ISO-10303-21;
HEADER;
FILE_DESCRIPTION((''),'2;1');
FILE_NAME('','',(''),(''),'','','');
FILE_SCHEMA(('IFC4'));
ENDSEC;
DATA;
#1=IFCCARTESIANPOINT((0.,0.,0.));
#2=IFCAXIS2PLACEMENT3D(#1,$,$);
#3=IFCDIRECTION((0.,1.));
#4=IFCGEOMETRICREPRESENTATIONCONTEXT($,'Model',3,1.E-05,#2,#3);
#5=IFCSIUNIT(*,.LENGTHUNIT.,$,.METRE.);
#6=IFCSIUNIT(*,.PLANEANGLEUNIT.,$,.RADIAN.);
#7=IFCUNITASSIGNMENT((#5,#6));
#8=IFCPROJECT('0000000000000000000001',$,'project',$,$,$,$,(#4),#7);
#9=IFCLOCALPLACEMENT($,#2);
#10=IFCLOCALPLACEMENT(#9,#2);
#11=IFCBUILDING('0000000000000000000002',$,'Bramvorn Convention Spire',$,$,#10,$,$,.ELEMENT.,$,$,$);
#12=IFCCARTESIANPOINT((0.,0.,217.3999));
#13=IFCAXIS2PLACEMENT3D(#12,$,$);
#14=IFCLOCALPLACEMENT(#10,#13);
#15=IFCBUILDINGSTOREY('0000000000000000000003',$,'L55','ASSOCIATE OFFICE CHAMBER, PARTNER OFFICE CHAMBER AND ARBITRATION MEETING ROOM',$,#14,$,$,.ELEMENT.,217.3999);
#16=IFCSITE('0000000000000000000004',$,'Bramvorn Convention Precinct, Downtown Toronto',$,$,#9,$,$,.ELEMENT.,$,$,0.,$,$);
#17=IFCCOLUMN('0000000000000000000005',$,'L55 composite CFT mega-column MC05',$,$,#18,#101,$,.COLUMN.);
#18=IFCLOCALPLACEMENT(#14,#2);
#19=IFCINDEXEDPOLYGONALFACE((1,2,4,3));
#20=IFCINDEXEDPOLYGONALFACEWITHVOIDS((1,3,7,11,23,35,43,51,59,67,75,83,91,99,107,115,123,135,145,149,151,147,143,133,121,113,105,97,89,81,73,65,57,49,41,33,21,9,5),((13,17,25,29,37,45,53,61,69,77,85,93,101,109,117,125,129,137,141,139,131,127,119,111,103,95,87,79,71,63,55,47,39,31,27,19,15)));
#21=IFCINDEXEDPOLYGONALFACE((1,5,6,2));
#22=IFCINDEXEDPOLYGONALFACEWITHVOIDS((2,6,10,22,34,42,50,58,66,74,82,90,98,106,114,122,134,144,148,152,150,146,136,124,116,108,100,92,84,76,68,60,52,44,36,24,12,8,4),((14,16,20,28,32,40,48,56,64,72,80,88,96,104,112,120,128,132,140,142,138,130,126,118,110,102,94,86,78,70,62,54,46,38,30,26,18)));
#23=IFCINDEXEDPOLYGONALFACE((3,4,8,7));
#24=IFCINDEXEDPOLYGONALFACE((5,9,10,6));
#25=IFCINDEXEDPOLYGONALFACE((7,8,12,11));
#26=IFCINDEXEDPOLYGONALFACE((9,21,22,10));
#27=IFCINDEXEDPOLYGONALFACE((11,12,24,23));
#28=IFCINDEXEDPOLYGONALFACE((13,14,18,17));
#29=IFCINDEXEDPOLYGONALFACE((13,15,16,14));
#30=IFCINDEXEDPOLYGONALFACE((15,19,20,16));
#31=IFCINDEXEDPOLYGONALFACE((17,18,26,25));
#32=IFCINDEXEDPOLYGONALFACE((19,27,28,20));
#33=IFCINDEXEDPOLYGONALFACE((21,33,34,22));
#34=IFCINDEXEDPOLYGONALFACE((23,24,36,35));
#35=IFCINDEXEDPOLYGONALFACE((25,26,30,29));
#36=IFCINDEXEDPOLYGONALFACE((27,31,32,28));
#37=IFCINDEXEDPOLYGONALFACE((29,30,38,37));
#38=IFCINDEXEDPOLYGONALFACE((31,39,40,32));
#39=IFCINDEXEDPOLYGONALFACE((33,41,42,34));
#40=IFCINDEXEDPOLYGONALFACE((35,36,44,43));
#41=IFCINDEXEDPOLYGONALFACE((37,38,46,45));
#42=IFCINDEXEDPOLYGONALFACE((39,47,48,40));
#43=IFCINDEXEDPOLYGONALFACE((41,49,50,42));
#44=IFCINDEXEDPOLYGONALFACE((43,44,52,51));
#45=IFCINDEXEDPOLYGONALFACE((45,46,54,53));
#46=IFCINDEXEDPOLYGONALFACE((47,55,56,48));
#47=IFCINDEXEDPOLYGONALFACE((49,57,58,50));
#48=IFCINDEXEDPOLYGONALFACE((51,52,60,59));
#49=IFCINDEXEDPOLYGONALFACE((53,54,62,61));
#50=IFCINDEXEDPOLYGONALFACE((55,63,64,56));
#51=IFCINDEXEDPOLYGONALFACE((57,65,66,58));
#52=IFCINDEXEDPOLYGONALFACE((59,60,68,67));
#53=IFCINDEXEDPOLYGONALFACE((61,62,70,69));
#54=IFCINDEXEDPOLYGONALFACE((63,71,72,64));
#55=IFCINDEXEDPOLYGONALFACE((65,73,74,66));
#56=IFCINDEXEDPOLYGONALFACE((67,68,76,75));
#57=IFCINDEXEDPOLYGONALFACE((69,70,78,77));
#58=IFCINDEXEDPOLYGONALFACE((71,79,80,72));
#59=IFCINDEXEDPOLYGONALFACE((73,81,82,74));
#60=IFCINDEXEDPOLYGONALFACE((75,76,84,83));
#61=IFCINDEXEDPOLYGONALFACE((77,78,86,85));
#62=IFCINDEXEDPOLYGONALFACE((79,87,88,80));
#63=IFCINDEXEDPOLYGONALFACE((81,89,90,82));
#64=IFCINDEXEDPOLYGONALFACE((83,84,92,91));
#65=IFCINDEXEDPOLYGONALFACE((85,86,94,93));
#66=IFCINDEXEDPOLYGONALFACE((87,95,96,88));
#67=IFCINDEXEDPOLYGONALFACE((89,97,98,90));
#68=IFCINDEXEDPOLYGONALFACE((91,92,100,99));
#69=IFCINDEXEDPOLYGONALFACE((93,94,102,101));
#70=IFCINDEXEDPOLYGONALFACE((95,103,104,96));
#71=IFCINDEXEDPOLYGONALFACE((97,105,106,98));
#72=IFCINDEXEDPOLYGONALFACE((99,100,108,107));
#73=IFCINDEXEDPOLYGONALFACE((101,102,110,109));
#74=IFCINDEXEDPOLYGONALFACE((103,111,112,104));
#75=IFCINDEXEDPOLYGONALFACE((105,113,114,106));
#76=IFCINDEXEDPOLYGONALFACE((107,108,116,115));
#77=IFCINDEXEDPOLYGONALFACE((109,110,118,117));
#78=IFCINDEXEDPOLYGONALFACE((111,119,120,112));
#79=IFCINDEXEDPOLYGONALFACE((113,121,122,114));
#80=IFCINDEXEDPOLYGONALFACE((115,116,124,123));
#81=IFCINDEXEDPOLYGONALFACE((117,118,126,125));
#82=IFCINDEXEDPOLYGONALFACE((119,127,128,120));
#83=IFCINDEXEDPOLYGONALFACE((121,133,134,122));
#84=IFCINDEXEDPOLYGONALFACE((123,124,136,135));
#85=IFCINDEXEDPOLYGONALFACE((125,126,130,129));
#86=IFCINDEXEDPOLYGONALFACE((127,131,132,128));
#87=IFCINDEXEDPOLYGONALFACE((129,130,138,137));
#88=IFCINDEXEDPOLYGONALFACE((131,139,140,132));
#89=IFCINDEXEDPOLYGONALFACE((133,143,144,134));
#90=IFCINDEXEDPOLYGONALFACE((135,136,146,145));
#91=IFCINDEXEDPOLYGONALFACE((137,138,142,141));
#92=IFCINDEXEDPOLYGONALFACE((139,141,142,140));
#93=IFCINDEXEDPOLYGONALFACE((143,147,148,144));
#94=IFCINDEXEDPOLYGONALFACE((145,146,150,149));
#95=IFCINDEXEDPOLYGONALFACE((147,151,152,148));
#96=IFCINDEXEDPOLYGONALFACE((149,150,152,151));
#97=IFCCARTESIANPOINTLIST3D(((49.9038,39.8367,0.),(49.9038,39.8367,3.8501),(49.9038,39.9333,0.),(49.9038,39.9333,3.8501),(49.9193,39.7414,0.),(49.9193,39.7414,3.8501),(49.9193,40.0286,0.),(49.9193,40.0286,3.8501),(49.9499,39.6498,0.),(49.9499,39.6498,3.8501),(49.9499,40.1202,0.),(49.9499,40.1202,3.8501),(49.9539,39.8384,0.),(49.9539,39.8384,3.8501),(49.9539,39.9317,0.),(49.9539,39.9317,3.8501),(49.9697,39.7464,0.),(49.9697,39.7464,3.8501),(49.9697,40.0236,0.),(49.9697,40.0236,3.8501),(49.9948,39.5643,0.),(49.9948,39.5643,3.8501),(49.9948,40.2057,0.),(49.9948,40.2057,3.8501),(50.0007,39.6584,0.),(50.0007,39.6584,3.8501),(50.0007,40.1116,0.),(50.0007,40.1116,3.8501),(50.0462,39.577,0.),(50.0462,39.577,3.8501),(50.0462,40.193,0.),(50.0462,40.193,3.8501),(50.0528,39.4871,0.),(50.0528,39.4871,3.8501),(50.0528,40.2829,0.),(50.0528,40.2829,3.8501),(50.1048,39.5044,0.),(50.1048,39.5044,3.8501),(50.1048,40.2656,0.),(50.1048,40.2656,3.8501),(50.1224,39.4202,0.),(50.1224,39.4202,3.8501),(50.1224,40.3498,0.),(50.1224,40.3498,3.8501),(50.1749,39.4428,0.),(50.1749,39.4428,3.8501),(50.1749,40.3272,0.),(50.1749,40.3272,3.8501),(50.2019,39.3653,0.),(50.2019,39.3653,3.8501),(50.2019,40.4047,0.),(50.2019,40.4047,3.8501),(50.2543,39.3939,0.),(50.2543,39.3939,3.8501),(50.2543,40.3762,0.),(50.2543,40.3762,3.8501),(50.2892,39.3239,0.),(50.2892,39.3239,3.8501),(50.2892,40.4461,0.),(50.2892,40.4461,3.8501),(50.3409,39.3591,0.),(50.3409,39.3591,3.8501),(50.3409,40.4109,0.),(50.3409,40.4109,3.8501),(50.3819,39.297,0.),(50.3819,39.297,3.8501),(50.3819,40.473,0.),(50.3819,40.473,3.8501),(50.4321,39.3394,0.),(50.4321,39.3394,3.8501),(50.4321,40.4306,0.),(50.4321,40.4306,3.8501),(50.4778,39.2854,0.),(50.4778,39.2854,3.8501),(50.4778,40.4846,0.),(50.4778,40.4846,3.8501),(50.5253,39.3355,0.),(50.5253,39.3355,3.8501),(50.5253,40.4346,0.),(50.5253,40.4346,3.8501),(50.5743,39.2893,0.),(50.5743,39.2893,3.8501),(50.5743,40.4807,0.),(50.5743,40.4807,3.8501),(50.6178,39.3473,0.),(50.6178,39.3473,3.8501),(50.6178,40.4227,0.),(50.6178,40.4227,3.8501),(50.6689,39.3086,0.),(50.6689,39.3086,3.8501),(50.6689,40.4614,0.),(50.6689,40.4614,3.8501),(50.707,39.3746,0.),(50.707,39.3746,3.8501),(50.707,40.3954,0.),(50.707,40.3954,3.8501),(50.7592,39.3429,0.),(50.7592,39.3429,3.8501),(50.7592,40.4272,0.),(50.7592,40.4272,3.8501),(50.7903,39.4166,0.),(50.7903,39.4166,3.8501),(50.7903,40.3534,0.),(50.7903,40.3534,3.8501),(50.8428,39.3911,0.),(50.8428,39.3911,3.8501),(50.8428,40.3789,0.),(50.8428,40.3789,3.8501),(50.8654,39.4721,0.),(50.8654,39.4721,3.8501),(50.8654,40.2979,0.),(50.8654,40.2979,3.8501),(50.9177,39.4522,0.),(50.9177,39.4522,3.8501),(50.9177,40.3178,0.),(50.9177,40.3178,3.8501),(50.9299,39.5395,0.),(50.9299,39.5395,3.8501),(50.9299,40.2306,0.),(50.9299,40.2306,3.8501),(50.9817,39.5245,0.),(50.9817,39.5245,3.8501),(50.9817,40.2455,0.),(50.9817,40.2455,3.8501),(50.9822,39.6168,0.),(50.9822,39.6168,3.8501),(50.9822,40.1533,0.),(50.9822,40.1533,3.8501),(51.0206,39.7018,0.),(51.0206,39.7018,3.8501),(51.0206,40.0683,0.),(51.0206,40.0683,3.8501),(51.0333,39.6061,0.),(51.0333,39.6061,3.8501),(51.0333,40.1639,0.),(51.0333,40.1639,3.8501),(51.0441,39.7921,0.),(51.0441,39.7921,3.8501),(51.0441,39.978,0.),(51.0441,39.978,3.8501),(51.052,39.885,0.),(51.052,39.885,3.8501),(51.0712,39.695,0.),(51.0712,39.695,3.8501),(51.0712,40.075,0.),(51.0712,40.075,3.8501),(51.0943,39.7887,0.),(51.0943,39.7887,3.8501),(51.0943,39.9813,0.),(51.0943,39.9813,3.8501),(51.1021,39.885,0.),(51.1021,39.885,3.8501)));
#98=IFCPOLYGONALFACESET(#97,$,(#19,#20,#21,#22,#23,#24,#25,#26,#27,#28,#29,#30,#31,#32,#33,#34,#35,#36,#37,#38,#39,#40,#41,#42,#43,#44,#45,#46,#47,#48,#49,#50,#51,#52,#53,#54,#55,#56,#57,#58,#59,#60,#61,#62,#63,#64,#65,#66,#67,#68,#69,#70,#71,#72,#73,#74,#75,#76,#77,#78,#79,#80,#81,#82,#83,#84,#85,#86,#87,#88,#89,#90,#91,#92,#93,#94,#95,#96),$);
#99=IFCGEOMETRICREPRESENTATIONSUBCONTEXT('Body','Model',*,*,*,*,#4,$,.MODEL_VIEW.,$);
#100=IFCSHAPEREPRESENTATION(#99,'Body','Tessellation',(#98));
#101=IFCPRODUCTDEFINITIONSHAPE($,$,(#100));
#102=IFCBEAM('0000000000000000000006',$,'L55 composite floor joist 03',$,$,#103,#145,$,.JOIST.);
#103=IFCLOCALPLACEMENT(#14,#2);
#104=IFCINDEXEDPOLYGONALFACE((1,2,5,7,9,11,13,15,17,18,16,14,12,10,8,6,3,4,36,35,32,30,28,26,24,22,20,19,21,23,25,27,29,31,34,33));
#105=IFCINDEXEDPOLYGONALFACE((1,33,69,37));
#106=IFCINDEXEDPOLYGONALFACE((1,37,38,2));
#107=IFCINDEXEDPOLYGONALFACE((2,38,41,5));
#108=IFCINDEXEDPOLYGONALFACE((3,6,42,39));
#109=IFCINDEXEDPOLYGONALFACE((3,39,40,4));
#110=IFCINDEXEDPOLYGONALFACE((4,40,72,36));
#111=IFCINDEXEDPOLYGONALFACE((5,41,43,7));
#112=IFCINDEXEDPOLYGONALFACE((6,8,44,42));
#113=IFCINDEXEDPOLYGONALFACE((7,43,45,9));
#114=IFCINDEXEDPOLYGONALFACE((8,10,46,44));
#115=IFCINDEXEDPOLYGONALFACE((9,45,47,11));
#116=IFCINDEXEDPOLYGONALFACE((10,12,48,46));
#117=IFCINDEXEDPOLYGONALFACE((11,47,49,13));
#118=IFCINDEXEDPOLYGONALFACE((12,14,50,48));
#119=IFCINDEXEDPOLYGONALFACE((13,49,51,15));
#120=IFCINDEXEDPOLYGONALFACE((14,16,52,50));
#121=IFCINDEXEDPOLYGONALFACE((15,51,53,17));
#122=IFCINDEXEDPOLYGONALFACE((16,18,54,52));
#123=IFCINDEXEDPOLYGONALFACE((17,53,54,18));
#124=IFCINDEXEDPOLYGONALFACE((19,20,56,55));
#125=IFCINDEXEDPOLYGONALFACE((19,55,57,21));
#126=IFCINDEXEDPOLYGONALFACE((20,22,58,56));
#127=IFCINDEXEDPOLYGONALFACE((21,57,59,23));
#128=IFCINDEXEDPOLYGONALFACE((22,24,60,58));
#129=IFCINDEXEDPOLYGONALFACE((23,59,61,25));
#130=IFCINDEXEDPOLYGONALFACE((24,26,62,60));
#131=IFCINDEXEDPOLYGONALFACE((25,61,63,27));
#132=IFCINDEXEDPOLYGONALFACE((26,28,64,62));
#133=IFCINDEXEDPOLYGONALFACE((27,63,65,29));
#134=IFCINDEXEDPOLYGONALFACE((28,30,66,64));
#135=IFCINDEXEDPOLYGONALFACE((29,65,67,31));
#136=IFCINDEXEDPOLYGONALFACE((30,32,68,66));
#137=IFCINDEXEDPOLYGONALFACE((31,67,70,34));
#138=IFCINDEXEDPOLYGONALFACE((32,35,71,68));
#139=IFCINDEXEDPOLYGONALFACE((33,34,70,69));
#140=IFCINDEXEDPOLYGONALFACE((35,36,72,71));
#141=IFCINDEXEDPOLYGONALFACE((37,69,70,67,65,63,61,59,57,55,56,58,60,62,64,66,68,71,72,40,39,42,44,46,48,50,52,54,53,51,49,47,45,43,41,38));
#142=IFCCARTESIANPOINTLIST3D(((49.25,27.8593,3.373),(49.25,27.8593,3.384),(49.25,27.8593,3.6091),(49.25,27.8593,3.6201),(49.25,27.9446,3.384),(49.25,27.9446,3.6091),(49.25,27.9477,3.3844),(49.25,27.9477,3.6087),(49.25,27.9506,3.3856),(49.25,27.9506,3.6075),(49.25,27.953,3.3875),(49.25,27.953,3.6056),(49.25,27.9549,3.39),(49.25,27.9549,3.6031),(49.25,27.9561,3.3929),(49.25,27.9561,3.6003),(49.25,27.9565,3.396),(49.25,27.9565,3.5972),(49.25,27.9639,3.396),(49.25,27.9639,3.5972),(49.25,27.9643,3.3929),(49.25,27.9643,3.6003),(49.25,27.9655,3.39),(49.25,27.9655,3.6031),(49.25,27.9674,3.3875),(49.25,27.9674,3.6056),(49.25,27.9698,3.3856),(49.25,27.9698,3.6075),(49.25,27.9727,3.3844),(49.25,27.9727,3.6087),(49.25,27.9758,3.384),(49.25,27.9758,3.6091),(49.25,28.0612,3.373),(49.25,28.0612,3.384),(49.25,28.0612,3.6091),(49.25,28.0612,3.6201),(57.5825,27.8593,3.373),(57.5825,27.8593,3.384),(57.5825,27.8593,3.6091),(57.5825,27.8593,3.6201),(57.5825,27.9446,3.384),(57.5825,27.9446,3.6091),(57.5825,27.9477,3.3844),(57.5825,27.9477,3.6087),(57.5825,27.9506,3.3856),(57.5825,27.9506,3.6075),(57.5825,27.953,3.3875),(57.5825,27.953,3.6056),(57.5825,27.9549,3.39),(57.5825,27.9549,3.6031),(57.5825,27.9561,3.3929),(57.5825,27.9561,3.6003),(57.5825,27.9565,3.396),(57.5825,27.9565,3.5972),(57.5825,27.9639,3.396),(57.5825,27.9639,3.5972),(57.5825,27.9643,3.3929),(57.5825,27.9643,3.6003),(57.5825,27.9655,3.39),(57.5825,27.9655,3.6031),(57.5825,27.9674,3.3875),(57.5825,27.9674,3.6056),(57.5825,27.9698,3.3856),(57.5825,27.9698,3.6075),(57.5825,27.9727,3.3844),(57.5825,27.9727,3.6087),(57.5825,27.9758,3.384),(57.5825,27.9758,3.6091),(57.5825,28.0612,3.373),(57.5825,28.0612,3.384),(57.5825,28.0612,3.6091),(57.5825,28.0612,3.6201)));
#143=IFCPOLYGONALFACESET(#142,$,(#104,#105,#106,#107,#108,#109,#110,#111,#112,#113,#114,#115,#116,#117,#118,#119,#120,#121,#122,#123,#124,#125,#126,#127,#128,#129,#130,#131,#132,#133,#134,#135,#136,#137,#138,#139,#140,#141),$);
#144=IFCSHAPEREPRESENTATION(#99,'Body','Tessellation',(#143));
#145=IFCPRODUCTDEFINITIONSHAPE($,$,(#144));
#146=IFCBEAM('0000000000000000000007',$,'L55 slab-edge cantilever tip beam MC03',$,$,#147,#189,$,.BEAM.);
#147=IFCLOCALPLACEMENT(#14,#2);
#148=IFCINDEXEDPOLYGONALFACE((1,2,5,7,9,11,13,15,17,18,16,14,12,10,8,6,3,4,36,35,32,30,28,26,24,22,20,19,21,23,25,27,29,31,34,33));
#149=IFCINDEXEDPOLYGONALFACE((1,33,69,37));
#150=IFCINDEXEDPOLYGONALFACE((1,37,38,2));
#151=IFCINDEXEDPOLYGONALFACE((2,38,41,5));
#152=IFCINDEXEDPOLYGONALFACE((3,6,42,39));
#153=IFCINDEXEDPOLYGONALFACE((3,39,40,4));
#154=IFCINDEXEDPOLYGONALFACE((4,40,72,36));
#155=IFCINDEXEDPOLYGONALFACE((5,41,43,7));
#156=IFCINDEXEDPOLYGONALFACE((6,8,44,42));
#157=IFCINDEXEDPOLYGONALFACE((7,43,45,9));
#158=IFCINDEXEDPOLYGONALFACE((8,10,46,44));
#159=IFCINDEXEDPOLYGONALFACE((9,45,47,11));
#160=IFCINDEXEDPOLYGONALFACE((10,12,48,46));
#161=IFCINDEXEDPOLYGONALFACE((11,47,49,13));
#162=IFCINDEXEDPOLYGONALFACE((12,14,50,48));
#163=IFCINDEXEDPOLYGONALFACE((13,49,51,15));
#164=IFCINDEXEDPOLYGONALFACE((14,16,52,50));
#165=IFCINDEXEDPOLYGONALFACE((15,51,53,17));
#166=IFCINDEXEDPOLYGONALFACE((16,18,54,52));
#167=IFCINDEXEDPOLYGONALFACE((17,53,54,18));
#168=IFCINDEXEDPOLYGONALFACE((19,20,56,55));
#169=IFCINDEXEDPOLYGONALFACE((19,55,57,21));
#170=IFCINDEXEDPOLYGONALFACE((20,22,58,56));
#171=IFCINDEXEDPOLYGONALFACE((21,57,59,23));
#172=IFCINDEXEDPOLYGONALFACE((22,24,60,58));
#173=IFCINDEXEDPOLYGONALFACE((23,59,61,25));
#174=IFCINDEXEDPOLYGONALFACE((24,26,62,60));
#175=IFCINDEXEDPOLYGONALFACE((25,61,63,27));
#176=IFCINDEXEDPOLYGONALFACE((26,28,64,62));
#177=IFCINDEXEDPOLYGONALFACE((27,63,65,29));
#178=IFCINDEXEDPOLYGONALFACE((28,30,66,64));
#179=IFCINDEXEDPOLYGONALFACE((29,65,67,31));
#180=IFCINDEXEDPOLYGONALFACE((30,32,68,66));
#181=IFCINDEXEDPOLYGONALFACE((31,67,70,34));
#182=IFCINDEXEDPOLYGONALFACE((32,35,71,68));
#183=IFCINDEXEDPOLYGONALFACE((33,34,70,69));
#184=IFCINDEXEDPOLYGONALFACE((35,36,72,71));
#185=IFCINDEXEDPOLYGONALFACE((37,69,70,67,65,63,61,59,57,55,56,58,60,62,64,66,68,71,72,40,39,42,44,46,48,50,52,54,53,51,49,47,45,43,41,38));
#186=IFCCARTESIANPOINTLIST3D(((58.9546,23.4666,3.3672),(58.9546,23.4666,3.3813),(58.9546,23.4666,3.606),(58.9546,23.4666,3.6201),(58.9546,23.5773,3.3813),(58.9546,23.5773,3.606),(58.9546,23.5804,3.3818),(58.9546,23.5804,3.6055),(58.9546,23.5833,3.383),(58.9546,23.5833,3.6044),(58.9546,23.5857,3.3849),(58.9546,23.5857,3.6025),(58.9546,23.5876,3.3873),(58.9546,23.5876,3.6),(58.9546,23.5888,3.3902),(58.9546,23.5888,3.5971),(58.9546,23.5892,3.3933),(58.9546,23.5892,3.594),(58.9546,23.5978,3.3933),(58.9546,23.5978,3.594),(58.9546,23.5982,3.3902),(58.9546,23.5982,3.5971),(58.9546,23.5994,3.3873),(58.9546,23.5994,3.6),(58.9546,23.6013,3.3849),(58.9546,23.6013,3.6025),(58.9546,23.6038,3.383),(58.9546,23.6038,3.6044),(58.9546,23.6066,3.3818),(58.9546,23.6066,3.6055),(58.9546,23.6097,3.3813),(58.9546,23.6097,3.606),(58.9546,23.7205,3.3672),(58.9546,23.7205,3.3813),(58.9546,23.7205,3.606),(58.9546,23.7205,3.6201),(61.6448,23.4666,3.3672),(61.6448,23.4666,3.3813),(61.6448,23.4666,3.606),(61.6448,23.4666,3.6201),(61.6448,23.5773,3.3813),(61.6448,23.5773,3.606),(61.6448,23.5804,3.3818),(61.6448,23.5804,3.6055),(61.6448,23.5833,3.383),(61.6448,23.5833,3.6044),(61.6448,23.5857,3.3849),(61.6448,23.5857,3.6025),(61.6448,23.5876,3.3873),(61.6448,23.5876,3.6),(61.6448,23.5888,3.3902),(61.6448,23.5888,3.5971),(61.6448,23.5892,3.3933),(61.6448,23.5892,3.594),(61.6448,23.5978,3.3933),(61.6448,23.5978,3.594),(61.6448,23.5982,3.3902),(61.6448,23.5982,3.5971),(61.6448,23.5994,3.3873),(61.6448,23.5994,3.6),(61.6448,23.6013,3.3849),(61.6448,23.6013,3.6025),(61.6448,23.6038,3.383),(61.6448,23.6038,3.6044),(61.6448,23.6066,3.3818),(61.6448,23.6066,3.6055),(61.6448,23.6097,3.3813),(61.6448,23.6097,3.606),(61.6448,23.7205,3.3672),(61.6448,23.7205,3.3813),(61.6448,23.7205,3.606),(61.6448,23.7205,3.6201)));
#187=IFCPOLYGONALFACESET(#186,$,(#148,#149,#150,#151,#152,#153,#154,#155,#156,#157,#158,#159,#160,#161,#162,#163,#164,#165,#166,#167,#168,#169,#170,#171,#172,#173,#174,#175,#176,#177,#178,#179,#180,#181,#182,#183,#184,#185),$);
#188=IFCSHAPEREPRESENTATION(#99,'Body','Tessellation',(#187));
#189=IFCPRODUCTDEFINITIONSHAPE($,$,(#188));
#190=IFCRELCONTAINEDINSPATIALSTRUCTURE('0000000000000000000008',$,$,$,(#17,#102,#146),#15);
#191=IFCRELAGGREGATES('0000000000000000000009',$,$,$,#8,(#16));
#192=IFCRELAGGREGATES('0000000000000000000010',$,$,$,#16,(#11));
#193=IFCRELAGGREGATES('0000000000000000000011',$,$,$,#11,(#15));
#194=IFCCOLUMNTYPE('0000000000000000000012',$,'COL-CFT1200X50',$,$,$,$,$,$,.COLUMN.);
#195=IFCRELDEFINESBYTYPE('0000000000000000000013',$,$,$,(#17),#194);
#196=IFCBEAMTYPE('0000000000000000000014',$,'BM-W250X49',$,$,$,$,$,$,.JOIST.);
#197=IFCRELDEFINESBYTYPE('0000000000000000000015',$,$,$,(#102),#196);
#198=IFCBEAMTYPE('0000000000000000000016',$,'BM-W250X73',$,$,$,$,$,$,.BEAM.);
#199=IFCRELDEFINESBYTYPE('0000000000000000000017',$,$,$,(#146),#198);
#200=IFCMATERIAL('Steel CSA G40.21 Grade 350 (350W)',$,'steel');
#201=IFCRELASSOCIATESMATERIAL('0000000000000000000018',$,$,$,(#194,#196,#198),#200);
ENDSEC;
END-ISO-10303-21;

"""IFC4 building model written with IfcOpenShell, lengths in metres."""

from ifc_helpers import new_model, si_unit, direction, frame, origin, origin_2d, place, context, subcontext, project, spatial, hollow_circle, i_section, extrude, material, material_profile, profile_set, type_object, element, save


model = new_model("IFC4")

# Units and contexts
model_context = context("Model", 3, precision=1e-05, world=origin(), true_north=direction((0.0, 1.0)))
body_context = subcontext(model_context, "Body", "Model", "MODEL_VIEW")
ifc_project = project(units=[si_unit("LENGTHUNIT", "METRE"), si_unit("PLANEANGLEUNIT", "RADIAN")], contexts=[model_context])

# Site, building, storey
site_placement = place(None, origin())
site = spatial("IfcSite", under=ifc_project, at=site_placement, Name="Bramvorn Convention Precinct, Downtown Toronto", CompositionType="ELEMENT", RefElevation=0.0)
building_placement = place(site_placement, origin())
building = spatial("IfcBuilding", under=site, at=building_placement, Name="Bramvorn Convention Spire", CompositionType="ELEMENT")
storey_placement = place(building_placement, frame((0.0, 0.0, 217.3999)))
storey = spatial("IfcBuildingStorey", under=building, at=storey_placement, Name="L55", Description="ASSOCIATE OFFICE CHAMBER, PARTNER OFFICE CHAMBER AND ARBITRATION MEETING ROOM", CompositionType="ELEMENT", Elevation=217.3999)

# Column
ifc_material_1 = material(Name="Steel CSA G40.21 Grade 350 (350W)", Category="steel")
ifc_material_profile_1 = material_profile(ifc_material_1, hollow_circle(Radius=0.6001, WallThickness=0.05, at=origin_2d()))
ifc_profile_set_1 = profile_set([ifc_material_profile_1], Name="Steel CSA G40.21 Grade 350 (350W) - CFT1200X50")
column_type = type_object("IfcColumnType", Name="COL-CFT1200X50", PredefinedType="COLUMN", material=ifc_profile_set_1)
for number, where, z_axis, x_axis, name in (
    (1, (50.502, 39.885, 0.0), (0.0, 0.0, 1.0), (1.0, 0.0, 0.0), "L55 composite CFT mega-column MC05"),
):
    element("IfcColumn", number, at=place(storey_placement, frame(where, z_axis=z_axis, x_axis=x_axis)), inside=storey, type_object=column_type, Name=name, PredefinedType="COLUMN", context=body_context, shape_type="SweptSolid", body=[
        extrude(hollow_circle(Radius=0.6001, WallThickness=0.05, at=origin_2d()), origin(), (0.0, 0.0, 1.0), 3.8501),
    ])

# Beams
ifc_material_profile_2 = material_profile(ifc_material_1, i_section(OverallWidth=0.2019, OverallDepth=0.2471, WebThickness=0.0073, FlangeThickness=0.011, FilletRadius=0.012, at=origin_2d()))
ifc_profile_set_2 = profile_set([ifc_material_profile_2], Name="Steel CSA G40.21 Grade 350 (350W) - W250X49")
beam_type_1 = type_object("IfcBeamType", Name="BM-W250X49", PredefinedType="JOIST", material=ifc_profile_set_2)
beam_1_placement = place(storey_placement, frame((49.25, 27.9602, 3.4966), z_axis=(1.0, 0.0, 0.0), x_axis=(0.0, 1.0, 0.0)))
element("IfcBeam", 2, at=beam_1_placement, inside=storey, type_object=beam_type_1, Name="L55 composite floor joist 03", PredefinedType="JOIST", context=body_context, shape_type="SweptSolid", body=[
    extrude(i_section(OverallWidth=0.2019, OverallDepth=0.2471, WebThickness=0.0073, FlangeThickness=0.011, FilletRadius=0.012, at=origin_2d()), origin(), (0.0, 0.0, 1.0), 8.3325),
])
ifc_material_profile_3 = material_profile(ifc_material_1, i_section(OverallWidth=0.2539, OverallDepth=0.2529, WebThickness=0.0085, FlangeThickness=0.0142, FilletRadius=0.012, at=origin_2d()))
ifc_profile_set_3 = profile_set([ifc_material_profile_3], Name="Steel CSA G40.21 Grade 350 (350W) - W250X73")
beam_type_2 = type_object("IfcBeamType", Name="BM-W250X73", PredefinedType="BEAM", material=ifc_profile_set_3)
beam_2_placement = place(storey_placement, frame((58.9546, 23.5935, 3.4937), z_axis=(1.0, 0.0, 0.0), x_axis=(0.0, 1.0, 0.0)))
element("IfcBeam", 3, at=beam_2_placement, inside=storey, type_object=beam_type_2, Name="L55 slab-edge cantilever tip beam MC03", PredefinedType="BEAM", context=body_context, shape_type="SweptSolid", body=[
    extrude(i_section(OverallWidth=0.2539, OverallDepth=0.2529, WebThickness=0.0085, FlangeThickness=0.0142, FilletRadius=0.012, at=origin_2d()), origin(), (0.0, 0.0, 1.0), 2.6902),
])

save(model, "model.ifc")
